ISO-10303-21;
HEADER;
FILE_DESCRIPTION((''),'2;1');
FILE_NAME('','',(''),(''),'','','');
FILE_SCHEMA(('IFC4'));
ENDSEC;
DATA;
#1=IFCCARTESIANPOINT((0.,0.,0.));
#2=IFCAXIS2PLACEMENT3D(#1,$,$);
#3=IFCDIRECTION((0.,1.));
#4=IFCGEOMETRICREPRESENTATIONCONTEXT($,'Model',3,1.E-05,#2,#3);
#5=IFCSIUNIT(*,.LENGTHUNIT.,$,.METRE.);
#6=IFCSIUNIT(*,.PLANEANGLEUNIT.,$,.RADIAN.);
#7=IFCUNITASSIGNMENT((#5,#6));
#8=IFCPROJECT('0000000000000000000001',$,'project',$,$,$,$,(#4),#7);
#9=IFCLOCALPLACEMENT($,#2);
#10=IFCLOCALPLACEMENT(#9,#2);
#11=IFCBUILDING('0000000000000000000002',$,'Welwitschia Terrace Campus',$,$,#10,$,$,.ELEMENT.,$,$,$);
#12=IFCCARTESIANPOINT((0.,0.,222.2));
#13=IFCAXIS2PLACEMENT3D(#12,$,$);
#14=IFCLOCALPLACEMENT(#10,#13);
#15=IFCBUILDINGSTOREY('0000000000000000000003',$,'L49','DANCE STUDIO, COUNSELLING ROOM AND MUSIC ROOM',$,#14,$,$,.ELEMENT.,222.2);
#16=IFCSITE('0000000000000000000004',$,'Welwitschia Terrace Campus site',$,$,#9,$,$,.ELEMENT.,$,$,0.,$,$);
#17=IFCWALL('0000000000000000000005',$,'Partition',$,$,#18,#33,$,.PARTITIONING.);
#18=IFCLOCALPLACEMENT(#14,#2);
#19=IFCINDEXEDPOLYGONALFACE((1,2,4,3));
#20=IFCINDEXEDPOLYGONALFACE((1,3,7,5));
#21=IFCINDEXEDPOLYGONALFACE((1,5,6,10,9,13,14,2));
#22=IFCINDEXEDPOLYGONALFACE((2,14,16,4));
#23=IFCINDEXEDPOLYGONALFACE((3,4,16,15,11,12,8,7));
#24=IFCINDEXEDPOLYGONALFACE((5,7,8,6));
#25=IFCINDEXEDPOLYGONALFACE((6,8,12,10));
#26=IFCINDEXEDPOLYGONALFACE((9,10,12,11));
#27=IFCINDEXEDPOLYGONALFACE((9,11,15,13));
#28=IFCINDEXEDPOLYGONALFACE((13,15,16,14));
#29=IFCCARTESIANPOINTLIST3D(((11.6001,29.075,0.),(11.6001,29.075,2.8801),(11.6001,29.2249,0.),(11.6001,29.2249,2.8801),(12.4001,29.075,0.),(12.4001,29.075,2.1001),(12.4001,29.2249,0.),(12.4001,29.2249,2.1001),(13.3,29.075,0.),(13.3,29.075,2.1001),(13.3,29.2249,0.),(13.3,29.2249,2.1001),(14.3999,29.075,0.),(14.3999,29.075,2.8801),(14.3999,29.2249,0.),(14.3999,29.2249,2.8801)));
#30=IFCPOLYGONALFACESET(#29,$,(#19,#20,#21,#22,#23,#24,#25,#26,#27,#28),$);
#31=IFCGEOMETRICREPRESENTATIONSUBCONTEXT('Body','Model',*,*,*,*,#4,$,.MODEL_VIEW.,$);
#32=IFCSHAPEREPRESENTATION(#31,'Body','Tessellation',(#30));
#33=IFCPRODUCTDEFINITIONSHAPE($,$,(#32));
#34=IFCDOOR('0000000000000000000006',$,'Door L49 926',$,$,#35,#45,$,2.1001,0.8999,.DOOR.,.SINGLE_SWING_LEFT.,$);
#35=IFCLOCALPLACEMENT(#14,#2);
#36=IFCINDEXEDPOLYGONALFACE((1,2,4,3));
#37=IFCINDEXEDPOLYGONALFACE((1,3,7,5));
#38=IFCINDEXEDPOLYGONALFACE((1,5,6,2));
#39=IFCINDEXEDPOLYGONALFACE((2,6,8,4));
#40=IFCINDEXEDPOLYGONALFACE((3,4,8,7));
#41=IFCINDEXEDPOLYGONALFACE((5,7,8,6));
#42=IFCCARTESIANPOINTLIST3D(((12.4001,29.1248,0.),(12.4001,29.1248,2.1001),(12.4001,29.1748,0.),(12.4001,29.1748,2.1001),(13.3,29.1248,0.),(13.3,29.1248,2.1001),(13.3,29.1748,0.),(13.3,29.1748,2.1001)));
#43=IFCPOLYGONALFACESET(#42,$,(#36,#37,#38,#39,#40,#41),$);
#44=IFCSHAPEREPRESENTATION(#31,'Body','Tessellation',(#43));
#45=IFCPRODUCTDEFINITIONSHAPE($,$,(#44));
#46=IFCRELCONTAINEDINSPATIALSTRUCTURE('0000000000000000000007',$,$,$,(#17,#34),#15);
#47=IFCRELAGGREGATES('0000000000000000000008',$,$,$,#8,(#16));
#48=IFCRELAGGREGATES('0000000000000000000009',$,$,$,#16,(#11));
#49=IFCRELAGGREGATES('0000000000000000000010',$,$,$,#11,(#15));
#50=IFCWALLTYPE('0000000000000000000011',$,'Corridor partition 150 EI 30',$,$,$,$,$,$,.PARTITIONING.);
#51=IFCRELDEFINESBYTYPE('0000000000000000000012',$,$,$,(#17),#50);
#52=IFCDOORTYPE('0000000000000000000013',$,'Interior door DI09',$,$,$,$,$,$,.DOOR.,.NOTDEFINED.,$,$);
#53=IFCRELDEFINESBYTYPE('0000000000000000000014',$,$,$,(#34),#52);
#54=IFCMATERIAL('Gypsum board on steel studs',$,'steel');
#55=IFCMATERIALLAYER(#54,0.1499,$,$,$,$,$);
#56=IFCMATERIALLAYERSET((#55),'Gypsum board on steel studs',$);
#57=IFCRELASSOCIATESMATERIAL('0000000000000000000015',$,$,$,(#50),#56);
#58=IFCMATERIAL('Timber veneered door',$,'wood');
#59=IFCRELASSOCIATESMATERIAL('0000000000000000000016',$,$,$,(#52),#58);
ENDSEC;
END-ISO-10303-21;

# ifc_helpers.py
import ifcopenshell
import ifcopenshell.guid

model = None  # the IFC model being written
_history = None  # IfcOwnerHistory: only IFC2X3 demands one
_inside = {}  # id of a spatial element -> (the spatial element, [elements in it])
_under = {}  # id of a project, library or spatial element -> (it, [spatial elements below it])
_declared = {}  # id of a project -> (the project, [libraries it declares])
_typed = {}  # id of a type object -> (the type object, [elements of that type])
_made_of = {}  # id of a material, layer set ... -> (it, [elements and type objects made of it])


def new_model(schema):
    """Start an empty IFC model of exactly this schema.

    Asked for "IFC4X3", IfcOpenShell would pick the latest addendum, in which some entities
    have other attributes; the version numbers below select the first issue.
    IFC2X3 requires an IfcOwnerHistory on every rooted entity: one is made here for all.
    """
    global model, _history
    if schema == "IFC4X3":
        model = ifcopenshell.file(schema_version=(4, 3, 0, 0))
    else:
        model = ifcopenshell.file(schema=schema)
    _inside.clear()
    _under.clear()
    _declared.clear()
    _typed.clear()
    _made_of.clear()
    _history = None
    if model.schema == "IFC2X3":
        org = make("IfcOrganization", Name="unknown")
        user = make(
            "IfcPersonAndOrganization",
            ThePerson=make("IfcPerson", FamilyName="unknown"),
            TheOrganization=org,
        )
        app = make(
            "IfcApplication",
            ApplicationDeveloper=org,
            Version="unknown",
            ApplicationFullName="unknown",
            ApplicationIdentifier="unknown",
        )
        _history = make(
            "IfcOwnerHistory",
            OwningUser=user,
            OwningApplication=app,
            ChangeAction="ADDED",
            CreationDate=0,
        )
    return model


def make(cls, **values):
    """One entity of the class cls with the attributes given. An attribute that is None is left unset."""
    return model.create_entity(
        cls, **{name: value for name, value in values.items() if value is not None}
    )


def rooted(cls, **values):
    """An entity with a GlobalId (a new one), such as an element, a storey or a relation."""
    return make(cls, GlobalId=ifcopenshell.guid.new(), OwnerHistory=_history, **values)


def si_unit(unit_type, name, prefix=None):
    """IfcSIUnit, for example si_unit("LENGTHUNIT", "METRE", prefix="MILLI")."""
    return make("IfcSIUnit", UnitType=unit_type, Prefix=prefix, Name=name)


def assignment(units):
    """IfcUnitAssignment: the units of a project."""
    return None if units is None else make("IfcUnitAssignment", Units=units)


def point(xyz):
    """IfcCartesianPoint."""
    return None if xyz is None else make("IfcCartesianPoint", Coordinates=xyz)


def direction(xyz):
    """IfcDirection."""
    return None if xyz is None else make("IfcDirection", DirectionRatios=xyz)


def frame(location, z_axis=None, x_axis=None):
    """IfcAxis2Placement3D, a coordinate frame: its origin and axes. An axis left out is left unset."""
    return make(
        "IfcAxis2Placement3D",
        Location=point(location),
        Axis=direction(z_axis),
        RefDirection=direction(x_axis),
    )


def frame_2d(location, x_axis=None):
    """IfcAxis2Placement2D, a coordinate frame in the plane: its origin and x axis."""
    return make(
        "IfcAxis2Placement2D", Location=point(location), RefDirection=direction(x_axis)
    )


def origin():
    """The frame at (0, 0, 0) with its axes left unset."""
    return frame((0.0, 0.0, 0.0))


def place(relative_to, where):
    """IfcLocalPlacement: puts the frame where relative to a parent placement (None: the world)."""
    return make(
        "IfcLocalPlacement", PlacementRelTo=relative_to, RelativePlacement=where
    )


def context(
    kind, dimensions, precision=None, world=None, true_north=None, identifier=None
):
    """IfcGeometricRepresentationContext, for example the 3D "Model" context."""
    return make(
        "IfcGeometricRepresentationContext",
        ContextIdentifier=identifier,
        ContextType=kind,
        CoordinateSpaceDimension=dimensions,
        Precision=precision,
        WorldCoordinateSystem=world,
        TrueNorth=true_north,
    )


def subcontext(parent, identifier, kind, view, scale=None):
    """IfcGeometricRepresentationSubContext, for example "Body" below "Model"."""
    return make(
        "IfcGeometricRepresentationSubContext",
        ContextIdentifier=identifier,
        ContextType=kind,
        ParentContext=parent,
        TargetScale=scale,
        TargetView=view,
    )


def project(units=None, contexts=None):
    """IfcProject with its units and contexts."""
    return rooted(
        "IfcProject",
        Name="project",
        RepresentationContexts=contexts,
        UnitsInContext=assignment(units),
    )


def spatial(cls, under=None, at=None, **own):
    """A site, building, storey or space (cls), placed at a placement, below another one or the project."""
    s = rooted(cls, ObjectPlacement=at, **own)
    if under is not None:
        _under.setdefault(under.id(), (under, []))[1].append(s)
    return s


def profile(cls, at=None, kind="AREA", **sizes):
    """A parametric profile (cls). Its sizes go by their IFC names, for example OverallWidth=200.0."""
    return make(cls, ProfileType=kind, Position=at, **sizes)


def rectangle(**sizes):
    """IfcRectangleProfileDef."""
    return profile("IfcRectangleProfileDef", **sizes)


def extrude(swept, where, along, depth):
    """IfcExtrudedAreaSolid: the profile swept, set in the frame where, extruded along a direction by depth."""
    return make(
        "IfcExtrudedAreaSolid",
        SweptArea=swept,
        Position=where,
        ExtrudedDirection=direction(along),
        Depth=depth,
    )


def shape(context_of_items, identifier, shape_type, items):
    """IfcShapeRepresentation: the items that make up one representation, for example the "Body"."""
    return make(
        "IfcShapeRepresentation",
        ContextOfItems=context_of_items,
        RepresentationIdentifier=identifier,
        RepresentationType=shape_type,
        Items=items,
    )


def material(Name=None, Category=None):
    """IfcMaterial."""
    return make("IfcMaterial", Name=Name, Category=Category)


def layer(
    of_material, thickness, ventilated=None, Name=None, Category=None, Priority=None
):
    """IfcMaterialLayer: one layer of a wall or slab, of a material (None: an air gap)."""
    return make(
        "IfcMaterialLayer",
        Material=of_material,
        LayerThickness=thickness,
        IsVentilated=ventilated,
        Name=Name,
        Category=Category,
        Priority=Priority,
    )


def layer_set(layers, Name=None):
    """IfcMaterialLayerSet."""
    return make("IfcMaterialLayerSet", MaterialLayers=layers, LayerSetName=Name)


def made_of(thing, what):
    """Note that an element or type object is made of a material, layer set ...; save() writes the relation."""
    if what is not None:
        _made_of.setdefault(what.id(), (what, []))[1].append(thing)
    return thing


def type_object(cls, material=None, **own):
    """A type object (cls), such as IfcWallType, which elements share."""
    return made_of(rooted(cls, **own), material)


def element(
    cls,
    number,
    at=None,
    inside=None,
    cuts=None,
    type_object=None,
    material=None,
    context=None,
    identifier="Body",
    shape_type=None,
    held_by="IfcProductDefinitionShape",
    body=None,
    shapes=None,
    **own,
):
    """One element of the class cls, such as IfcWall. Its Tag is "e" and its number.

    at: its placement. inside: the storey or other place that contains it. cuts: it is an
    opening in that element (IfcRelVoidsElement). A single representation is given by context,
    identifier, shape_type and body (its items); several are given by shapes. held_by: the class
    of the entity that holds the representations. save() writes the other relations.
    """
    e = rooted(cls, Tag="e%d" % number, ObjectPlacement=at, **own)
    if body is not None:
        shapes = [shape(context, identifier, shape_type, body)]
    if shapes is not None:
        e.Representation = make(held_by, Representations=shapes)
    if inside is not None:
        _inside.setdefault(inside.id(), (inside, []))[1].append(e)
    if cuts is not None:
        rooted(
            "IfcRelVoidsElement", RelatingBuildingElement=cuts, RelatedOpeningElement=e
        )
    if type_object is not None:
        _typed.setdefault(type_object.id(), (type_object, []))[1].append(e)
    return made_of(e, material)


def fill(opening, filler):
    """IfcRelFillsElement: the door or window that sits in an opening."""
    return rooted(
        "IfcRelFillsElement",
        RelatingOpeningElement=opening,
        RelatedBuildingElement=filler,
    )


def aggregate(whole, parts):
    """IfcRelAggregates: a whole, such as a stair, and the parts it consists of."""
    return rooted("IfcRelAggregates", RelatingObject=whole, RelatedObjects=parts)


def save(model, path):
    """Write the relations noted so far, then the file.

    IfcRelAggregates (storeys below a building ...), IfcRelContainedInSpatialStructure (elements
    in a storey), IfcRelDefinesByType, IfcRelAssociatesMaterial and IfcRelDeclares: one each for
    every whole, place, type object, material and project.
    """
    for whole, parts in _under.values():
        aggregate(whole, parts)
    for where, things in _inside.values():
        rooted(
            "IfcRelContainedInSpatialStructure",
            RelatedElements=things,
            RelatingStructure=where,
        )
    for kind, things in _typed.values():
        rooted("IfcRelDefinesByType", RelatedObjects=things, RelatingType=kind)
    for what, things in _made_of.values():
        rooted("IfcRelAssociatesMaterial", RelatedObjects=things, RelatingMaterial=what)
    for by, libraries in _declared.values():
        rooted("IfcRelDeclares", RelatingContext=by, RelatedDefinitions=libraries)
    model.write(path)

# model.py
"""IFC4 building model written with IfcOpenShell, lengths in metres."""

from ifc_helpers import new_model, si_unit, direction, frame, frame_2d, origin, place, context, subcontext, project, spatial, rectangle, extrude, material, layer, layer_set, type_object, element, fill, save


model = new_model("IFC4")

# Units and contexts
model_context = context("Model", 3, precision=1e-05, world=origin(), true_north=direction((0.0, 1.0)))
body_context = subcontext(model_context, "Body", "Model", "MODEL_VIEW")
ifc_project = project(units=[si_unit("LENGTHUNIT", "METRE"), si_unit("PLANEANGLEUNIT", "RADIAN")], contexts=[model_context])

# Site, building, storey
site_placement = place(None, origin())
site = spatial("IfcSite", under=ifc_project, at=site_placement, Name="Welwitschia Terrace Campus site", CompositionType="ELEMENT", RefElevation=0.0)
building_placement = place(site_placement, origin())
building = spatial("IfcBuilding", under=site, at=building_placement, Name="Welwitschia Terrace Campus", CompositionType="ELEMENT")
storey_placement = place(building_placement, frame((0.0, 0.0, 222.2)))
storey = spatial("IfcBuildingStorey", under=building, at=storey_placement, Name="L49", Description="DANCE STUDIO, COUNSELLING ROOM AND MUSIC ROOM", CompositionType="ELEMENT", Elevation=222.2)

# Shared definitions
ifc_material_1 = material(Name="Gypsum board on steel studs", Category="steel")
ifc_layer_1 = layer(ifc_material_1, 0.1499)
ifc_layer_set_1 = layer_set([ifc_layer_1], Name="Gypsum board on steel studs")
wall_type = type_object("IfcWallType", Name="Corridor partition 150 EI 30", PredefinedType="PARTITIONING", material=ifc_layer_set_1)

# Shared definitions
ifc_material_2 = material(Name="Timber veneered door", Category="wood")
door_type_1 = type_object("IfcDoorType", Name="Interior door DI09", OperationType="NOTDEFINED", PredefinedType="DOOR", material=ifc_material_2)

# Wall, opening, door
wall_1_placement = place(storey_placement, frame((11.6001, 29.1499, 0.0), z_axis=(0.0, 0.0, 1.0), x_axis=(1.0, 0.0, 0.0)))
wall_1 = element("IfcWall", 1, at=wall_1_placement, inside=storey, type_object=wall_type, Name="Partition", PredefinedType="PARTITIONING", context=body_context, shape_type="SweptSolid", body=[
    extrude(rectangle(XDim=2.7998, YDim=0.1499, at=frame_2d((1.3999, 0.0))), origin(), (0.0, 0.0, 1.0), 2.8801),
])
opening_1_placement = place(wall_1_placement, frame((0.8, 0.0, 0.0)))
opening_1 = element("IfcOpeningElement", 2, at=opening_1_placement, cuts=wall_1, PredefinedType="OPENING", context=body_context, shape_type="SweptSolid", body=[
    extrude(rectangle(XDim=0.8999, YDim=2.1001, at=frame_2d((0.45, 1.05))), frame((0.0, 0.085, 0.0), z_axis=(0.0, -1.0, 0.0), x_axis=(1.0, 0.0, 0.0)), (0.0, 0.0, 1.0), 0.1699),
])
door_1_placement = place(opening_1_placement, origin())
door_1 = element("IfcDoor", 3, at=door_1_placement, inside=storey, type_object=door_type_1, Name="Door L49 926", OperationType="SINGLE_SWING_LEFT", OverallHeight=2.1001, OverallWidth=0.8999, PredefinedType="DOOR", context=body_context, shape_type="SweptSolid", body=[
    extrude(rectangle(XDim=0.8999, YDim=2.1001, at=frame_2d((0.45, 1.05))), frame((0.0, 0.0249, 0.0), z_axis=(0.0, -1.0, 0.0), x_axis=(1.0, 0.0, 0.0)), (0.0, 0.0, 1.0), 0.05),
])
fill(opening_1, door_1)

save(model, "model.ifc")
